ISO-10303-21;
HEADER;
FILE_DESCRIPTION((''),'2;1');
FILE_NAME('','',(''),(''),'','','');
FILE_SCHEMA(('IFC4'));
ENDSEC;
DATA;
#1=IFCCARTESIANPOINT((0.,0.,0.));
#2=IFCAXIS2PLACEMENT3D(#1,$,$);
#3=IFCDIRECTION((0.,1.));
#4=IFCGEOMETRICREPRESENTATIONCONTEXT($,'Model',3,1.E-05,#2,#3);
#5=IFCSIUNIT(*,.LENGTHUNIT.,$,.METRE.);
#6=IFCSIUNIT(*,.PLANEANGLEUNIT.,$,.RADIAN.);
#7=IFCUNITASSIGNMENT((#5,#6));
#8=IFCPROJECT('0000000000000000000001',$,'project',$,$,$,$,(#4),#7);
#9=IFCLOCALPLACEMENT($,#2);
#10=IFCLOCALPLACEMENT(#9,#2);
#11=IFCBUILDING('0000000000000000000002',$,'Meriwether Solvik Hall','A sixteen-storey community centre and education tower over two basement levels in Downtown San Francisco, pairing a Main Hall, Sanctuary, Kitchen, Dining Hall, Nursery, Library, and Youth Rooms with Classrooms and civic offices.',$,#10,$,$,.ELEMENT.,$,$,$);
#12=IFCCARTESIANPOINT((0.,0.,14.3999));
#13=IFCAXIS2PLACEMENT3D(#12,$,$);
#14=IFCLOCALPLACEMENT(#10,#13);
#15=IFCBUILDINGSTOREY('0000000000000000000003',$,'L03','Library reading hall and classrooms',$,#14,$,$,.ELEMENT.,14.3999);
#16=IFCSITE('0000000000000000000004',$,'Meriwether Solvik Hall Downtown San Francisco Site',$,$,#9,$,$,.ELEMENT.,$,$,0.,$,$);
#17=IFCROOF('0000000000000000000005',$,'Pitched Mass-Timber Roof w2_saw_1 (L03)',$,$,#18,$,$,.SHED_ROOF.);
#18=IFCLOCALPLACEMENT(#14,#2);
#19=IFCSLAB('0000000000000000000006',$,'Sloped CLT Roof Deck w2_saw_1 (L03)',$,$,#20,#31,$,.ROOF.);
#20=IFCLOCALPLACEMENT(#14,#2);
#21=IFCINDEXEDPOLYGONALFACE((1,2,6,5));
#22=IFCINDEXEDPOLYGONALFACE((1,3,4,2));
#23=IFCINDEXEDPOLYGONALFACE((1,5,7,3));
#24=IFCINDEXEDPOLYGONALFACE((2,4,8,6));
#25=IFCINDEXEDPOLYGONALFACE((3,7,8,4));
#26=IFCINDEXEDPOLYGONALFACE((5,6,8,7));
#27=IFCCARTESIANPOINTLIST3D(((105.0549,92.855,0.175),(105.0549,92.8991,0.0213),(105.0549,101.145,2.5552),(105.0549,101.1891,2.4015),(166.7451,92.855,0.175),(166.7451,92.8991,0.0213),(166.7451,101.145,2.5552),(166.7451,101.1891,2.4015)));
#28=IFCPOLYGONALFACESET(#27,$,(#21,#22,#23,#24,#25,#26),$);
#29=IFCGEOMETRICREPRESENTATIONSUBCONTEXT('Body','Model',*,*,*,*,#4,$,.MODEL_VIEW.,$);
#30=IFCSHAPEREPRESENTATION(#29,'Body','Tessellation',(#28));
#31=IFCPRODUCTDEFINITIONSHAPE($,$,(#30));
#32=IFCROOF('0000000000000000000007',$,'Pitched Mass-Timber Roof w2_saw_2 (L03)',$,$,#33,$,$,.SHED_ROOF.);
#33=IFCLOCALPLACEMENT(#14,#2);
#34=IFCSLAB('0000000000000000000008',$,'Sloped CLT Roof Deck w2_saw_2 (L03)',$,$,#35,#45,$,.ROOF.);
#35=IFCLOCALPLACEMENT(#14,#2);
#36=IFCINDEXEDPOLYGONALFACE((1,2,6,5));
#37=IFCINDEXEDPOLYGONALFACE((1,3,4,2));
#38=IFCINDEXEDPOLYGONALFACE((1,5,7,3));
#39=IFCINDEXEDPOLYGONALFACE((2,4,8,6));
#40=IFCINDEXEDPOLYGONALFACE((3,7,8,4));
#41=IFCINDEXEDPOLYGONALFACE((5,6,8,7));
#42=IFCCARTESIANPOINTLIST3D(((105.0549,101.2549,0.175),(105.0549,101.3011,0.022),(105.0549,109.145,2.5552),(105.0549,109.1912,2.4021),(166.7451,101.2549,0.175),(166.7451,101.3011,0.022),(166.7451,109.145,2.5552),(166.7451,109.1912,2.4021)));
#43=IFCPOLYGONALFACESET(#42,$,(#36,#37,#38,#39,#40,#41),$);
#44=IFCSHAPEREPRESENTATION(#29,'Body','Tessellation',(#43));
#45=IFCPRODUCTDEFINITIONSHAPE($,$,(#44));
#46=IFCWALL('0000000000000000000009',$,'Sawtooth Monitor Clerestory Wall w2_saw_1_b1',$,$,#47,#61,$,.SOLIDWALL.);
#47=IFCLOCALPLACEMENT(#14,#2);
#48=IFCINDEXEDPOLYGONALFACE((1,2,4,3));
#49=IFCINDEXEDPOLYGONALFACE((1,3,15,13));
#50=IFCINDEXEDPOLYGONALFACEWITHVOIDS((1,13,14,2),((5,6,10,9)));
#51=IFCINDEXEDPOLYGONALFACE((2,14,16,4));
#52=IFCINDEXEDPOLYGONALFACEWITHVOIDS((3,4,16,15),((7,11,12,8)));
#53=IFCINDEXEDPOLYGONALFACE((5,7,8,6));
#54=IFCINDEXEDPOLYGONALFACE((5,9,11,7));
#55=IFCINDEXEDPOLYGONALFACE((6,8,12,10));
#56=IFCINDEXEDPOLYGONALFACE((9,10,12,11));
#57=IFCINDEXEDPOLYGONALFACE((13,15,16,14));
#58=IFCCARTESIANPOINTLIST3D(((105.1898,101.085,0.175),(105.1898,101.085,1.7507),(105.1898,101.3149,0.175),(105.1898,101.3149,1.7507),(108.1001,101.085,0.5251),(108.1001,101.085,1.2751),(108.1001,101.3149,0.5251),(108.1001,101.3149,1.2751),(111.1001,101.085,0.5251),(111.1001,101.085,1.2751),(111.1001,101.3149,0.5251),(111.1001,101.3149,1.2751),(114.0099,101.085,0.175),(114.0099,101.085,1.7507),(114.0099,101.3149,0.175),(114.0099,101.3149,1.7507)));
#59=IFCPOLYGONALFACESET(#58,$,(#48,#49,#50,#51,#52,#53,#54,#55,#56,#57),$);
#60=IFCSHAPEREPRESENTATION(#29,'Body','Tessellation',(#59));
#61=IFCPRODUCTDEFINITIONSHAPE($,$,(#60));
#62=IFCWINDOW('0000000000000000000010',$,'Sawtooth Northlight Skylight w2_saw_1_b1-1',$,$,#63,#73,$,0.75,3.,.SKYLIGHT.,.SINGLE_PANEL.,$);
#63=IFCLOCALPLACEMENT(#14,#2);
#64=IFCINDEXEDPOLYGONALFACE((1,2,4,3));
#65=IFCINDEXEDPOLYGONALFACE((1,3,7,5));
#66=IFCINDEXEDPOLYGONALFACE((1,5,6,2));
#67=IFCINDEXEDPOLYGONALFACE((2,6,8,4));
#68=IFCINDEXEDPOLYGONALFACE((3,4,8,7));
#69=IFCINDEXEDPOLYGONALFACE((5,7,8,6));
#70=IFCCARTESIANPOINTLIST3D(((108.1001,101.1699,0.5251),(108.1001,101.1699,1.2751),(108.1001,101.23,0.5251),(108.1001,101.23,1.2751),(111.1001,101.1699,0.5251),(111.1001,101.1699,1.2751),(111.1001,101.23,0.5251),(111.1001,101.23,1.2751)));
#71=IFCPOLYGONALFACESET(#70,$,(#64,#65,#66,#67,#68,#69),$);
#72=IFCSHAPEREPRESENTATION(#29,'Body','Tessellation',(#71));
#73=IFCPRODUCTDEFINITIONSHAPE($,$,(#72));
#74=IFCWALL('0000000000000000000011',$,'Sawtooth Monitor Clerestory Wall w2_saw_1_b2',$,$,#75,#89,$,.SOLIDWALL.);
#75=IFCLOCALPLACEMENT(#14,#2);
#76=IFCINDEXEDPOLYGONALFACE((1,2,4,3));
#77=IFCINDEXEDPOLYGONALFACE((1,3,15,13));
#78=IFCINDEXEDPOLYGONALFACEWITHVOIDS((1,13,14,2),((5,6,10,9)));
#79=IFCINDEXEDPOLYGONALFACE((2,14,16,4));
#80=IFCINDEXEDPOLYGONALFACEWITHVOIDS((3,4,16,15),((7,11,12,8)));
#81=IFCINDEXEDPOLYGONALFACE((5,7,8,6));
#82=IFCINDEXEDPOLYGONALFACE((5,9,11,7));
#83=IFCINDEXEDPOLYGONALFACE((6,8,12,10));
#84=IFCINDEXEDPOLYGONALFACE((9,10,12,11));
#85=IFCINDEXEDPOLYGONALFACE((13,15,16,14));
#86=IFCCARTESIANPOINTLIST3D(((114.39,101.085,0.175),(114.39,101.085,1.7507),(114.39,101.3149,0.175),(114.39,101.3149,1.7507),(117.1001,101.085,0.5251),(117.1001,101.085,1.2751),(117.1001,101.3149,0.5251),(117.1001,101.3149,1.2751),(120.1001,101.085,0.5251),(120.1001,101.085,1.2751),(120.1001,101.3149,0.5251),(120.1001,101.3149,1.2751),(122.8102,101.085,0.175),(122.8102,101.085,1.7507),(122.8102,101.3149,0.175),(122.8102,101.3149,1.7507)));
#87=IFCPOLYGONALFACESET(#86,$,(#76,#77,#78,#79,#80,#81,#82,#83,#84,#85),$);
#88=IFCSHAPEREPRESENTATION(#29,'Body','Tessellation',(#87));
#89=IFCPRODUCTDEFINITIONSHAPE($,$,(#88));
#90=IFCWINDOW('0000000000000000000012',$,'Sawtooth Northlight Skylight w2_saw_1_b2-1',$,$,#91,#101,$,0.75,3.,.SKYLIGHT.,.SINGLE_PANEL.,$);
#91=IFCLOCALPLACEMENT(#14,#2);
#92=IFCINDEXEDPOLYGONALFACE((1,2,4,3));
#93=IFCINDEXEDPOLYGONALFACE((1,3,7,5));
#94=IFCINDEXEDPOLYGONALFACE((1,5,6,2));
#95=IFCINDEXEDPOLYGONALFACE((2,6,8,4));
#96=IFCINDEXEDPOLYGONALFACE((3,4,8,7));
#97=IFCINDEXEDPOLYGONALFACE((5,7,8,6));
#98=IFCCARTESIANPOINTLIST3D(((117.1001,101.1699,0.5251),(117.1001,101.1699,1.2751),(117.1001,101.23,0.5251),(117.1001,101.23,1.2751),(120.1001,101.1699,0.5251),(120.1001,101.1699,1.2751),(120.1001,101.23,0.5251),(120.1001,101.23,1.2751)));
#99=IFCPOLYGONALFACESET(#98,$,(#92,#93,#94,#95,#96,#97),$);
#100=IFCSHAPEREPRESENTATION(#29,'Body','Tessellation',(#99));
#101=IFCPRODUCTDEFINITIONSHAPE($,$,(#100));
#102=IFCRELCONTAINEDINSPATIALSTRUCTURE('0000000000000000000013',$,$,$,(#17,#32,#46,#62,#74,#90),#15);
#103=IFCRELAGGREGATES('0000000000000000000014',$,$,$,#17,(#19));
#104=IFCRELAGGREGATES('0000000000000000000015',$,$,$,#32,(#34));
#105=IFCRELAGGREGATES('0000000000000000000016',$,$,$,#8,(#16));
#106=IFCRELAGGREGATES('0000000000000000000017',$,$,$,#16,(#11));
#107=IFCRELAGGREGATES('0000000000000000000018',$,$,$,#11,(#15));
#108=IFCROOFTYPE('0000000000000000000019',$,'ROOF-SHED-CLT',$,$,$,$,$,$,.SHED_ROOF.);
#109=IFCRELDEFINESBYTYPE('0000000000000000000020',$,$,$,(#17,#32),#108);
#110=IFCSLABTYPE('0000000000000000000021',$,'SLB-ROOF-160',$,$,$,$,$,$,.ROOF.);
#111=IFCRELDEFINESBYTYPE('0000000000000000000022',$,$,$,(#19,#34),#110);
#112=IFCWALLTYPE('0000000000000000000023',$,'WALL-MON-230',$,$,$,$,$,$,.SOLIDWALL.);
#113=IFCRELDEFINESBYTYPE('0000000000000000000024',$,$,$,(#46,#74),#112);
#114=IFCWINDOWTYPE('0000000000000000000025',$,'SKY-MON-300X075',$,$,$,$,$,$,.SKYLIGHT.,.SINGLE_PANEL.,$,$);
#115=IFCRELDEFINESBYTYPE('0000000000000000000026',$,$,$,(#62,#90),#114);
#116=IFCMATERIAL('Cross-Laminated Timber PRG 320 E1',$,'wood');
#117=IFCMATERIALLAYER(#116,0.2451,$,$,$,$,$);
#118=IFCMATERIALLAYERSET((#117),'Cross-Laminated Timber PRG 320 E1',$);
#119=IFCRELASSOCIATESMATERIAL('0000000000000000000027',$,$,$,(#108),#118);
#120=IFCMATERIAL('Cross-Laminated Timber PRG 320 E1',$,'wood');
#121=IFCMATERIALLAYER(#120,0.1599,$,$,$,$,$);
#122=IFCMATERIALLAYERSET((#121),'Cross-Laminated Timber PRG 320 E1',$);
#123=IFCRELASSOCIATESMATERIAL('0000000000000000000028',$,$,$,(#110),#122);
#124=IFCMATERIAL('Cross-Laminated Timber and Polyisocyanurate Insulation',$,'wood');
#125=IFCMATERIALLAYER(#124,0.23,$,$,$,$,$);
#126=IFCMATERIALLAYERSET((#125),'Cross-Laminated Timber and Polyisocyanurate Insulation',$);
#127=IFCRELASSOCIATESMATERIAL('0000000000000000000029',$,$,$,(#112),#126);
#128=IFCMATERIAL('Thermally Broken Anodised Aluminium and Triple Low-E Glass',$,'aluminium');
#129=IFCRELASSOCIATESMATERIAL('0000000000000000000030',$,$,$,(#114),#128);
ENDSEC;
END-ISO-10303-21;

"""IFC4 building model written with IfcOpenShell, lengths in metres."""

from ifc_helpers import new_model, si_unit, direction, frame, frame_2d, origin, place, context, subcontext, project, spatial, polyline, rectangle, outline, extrude, material, layer, layer_set, type_object, element, fill, aggregate, save


model = new_model("IFC4")

# Units and contexts
model_context = context("Model", 3, precision=1e-05, world=origin(), true_north=direction((0.0, 1.0)))
body_context = subcontext(model_context, "Body", "Model", "MODEL_VIEW")
ifc_project = project(units=[si_unit("LENGTHUNIT", "METRE"), si_unit("PLANEANGLEUNIT", "RADIAN")], contexts=[model_context])

# Site, building, storey
site_placement = place(None, origin())
site = spatial("IfcSite", under=ifc_project, at=site_placement, Name="Meriwether Solvik Hall Downtown San Francisco Site", CompositionType="ELEMENT", RefElevation=0.0)
building_placement = place(site_placement, origin())
building = spatial("IfcBuilding", under=site, at=building_placement, Name="Meriwether Solvik Hall", Description="A sixteen-storey community centre and education tower over two basement levels in Downtown San Francisco, pairing a Main Hall, Sanctuary, Kitchen, Dining Hall, Nursery, Library, and Youth Rooms with Classrooms and civic offices.", CompositionType="ELEMENT")
storey_placement = place(building_placement, frame((0.0, 0.0, 14.3999)))
storey = spatial("IfcBuildingStorey", under=building, at=storey_placement, Name="L03", Description="Library reading hall and classrooms", CompositionType="ELEMENT", Elevation=14.3999)

# Roofs, slabs
ifc_material_1 = material(Name="Cross-Laminated Timber PRG 320 E1", Category="wood")
ifc_layer_1 = layer(ifc_material_1, 0.2451)
ifc_layer_set_1 = layer_set([ifc_layer_1], Name="Cross-Laminated Timber PRG 320 E1")
roof_type = type_object("IfcRoofType", Name="ROOF-SHED-CLT", PredefinedType="SHED_ROOF", material=ifc_layer_set_1)
roof_1_placement = place(storey_placement, origin())
roof_1 = element("IfcRoof", 1, at=roof_1_placement, inside=storey, type_object=roof_type, Name="Pitched Mass-Timber Roof w2_saw_1 (L03)", PredefinedType="SHED_ROOF")
ifc_material_2 = material(Name="Cross-Laminated Timber PRG 320 E1", Category="wood")
ifc_layer_2 = layer(ifc_material_2, 0.1599)
ifc_layer_set_2 = layer_set([ifc_layer_2], Name="Cross-Laminated Timber PRG 320 E1")
slab_type = type_object("IfcSlabType", Name="SLB-ROOF-160", PredefinedType="ROOF", material=ifc_layer_set_2)
slab_1_placement = place(storey_placement, frame((105.0549, 92.855, 0.175), z_axis=(0.0, -0.275958, 0.96117), x_axis=(1.0, 0.0, 0.0)))
slab_1 = element("IfcSlab", 2, at=slab_1_placement, type_object=slab_type, Name="Sloped CLT Roof Deck w2_saw_1 (L03)", PredefinedType="ROOF", context=body_context, shape_type="SweptSolid", body=[
    extrude(outline(polyline([(0.0, 0.0), (61.6902, 0.0), (61.6902, 8.6249), (0.0, 8.6249), (0.0, 0.0)])), origin(), (0.0, 0.0, -1.0), 0.1599),
])
aggregate(roof_1, [slab_1])
roof_2_placement = place(storey_placement, origin())
roof_2 = element("IfcRoof", 3, at=roof_2_placement, inside=storey, type_object=roof_type, Name="Pitched Mass-Timber Roof w2_saw_2 (L03)", PredefinedType="SHED_ROOF")
slab_2_placement = place(storey_placement, frame((105.0549, 101.2549, 0.175), z_axis=(0.0, -0.288804, 0.957388), x_axis=(1.0, 0.0, 0.0)))
slab_2 = element("IfcSlab", 4, at=slab_2_placement, type_object=slab_type, Name="Sloped CLT Roof Deck w2_saw_2 (L03)", PredefinedType="ROOF", context=body_context, shape_type="SweptSolid", body=[
    extrude(outline(polyline([(0.0, 0.0), (61.6902, 0.0), (61.6902, 8.2413), (0.0, 8.2413), (0.0, 0.0)])), origin(), (0.0, 0.0, -1.0), 0.1599),
])
aggregate(roof_2, [slab_2])

# Walls, openings, windows
ifc_material_3 = material(Name="Cross-Laminated Timber and Polyisocyanurate Insulation", Category="wood")
ifc_layer_3 = layer(ifc_material_3, 0.23)
ifc_layer_set_3 = layer_set([ifc_layer_3], Name="Cross-Laminated Timber and Polyisocyanurate Insulation")
wall_type = type_object("IfcWallType", Name="WALL-MON-230", PredefinedType="SOLIDWALL", material=ifc_layer_set_3)
wall_1_placement = place(storey_placement, frame((114.01, 101.2, 0.175), z_axis=(0.0, 0.0, 1.0), x_axis=(-1.0, 0.0, 0.0)))
wall_1 = element("IfcWall", 5, at=wall_1_placement, inside=storey, type_object=wall_type, Name="Sawtooth Monitor Clerestory Wall w2_saw_1_b1", PredefinedType="SOLIDWALL", context=body_context, shape_type="SweptSolid", body=[
    extrude(rectangle(XDim=8.8201, YDim=0.23, at=frame_2d((4.4102, 0.0))), origin(), (0.0, 0.0, 1.0), 1.5757),
])
opening_1_placement = place(wall_1_placement, frame((2.9099, 0.0, 0.3501)))
opening_1 = element("IfcOpeningElement", 6, at=opening_1_placement, cuts=wall_1, PredefinedType="OPENING", context=body_context, shape_type="SweptSolid", body=[
    extrude(rectangle(XDim=3.0, YDim=0.75, at=frame_2d((1.5, 0.375))), frame((0.0, 0.127, 0.0), z_axis=(0.0, -1.0, 0.0), x_axis=(1.0, 0.0, 0.0)), (0.0, 0.0, 1.0), 0.2539),
])
ifc_material_4 = material(Name="Thermally Broken Anodised Aluminium and Triple Low-E Glass", Category="aluminium")
window_type = type_object("IfcWindowType", Name="SKY-MON-300X075", PartitioningType="SINGLE_PANEL", PredefinedType="SKYLIGHT", material=ifc_material_4)
window_1_placement = place(opening_1_placement, origin())
window_1 = element("IfcWindow", 7, at=window_1_placement, inside=storey, type_object=window_type, Name="Sawtooth Northlight Skylight w2_saw_1_b1-1", OverallHeight=0.75, OverallWidth=3.0, PartitioningType="SINGLE_PANEL", PredefinedType="SKYLIGHT", context=body_context, shape_type="SweptSolid", body=[
    extrude(rectangle(XDim=3.0, YDim=0.75, at=frame_2d((1.5, 0.375))), frame((0.0, 0.03, 0.0), z_axis=(0.0, -1.0, 0.0), x_axis=(1.0, 0.0, 0.0)), (0.0, 0.0, 1.0), 0.0601),
])
fill(opening_1, window_1)
wall_2_placement = place(storey_placement, frame((122.8101, 101.2, 0.175), z_axis=(0.0, 0.0, 1.0), x_axis=(-1.0, 0.0, 0.0)))
wall_2 = element("IfcWall", 8, at=wall_2_placement, inside=storey, type_object=wall_type, Name="Sawtooth Monitor Clerestory Wall w2_saw_1_b2", PredefinedType="SOLIDWALL", context=body_context, shape_type="SweptSolid", body=[
    extrude(rectangle(XDim=8.4202, YDim=0.23, at=frame_2d((4.21, 0.0))), origin(), (0.0, 0.0, 1.0), 1.5757),
])
opening_2_placement = place(wall_2_placement, frame((2.71, 0.0, 0.3501)))
opening_2 = element("IfcOpeningElement", 9, at=opening_2_placement, cuts=wall_2, PredefinedType="OPENING", context=body_context, shape_type="SweptSolid", body=[
    extrude(rectangle(XDim=3.0, YDim=0.75, at=frame_2d((1.5, 0.375))), frame((0.0, 0.127, 0.0), z_axis=(0.0, -1.0, 0.0), x_axis=(1.0, 0.0, 0.0)), (0.0, 0.0, 1.0), 0.2539),
])
window_2_placement = place(opening_2_placement, origin())
window_2 = element("IfcWindow", 10, at=window_2_placement, inside=storey, type_object=window_type, Name="Sawtooth Northlight Skylight w2_saw_1_b2-1", OverallHeight=0.75, OverallWidth=3.0, PartitioningType="SINGLE_PANEL", PredefinedType="SKYLIGHT", context=body_context, shape_type="SweptSolid", body=[
    extrude(rectangle(XDim=3.0, YDim=0.75, at=frame_2d((1.5, 0.375))), frame((0.0, 0.03, 0.0), z_axis=(0.0, -1.0, 0.0), x_axis=(1.0, 0.0, 0.0)), (0.0, 0.0, 1.0), 0.0601),
])
fill(opening_2, window_2)

save(model, "model.ifc")
